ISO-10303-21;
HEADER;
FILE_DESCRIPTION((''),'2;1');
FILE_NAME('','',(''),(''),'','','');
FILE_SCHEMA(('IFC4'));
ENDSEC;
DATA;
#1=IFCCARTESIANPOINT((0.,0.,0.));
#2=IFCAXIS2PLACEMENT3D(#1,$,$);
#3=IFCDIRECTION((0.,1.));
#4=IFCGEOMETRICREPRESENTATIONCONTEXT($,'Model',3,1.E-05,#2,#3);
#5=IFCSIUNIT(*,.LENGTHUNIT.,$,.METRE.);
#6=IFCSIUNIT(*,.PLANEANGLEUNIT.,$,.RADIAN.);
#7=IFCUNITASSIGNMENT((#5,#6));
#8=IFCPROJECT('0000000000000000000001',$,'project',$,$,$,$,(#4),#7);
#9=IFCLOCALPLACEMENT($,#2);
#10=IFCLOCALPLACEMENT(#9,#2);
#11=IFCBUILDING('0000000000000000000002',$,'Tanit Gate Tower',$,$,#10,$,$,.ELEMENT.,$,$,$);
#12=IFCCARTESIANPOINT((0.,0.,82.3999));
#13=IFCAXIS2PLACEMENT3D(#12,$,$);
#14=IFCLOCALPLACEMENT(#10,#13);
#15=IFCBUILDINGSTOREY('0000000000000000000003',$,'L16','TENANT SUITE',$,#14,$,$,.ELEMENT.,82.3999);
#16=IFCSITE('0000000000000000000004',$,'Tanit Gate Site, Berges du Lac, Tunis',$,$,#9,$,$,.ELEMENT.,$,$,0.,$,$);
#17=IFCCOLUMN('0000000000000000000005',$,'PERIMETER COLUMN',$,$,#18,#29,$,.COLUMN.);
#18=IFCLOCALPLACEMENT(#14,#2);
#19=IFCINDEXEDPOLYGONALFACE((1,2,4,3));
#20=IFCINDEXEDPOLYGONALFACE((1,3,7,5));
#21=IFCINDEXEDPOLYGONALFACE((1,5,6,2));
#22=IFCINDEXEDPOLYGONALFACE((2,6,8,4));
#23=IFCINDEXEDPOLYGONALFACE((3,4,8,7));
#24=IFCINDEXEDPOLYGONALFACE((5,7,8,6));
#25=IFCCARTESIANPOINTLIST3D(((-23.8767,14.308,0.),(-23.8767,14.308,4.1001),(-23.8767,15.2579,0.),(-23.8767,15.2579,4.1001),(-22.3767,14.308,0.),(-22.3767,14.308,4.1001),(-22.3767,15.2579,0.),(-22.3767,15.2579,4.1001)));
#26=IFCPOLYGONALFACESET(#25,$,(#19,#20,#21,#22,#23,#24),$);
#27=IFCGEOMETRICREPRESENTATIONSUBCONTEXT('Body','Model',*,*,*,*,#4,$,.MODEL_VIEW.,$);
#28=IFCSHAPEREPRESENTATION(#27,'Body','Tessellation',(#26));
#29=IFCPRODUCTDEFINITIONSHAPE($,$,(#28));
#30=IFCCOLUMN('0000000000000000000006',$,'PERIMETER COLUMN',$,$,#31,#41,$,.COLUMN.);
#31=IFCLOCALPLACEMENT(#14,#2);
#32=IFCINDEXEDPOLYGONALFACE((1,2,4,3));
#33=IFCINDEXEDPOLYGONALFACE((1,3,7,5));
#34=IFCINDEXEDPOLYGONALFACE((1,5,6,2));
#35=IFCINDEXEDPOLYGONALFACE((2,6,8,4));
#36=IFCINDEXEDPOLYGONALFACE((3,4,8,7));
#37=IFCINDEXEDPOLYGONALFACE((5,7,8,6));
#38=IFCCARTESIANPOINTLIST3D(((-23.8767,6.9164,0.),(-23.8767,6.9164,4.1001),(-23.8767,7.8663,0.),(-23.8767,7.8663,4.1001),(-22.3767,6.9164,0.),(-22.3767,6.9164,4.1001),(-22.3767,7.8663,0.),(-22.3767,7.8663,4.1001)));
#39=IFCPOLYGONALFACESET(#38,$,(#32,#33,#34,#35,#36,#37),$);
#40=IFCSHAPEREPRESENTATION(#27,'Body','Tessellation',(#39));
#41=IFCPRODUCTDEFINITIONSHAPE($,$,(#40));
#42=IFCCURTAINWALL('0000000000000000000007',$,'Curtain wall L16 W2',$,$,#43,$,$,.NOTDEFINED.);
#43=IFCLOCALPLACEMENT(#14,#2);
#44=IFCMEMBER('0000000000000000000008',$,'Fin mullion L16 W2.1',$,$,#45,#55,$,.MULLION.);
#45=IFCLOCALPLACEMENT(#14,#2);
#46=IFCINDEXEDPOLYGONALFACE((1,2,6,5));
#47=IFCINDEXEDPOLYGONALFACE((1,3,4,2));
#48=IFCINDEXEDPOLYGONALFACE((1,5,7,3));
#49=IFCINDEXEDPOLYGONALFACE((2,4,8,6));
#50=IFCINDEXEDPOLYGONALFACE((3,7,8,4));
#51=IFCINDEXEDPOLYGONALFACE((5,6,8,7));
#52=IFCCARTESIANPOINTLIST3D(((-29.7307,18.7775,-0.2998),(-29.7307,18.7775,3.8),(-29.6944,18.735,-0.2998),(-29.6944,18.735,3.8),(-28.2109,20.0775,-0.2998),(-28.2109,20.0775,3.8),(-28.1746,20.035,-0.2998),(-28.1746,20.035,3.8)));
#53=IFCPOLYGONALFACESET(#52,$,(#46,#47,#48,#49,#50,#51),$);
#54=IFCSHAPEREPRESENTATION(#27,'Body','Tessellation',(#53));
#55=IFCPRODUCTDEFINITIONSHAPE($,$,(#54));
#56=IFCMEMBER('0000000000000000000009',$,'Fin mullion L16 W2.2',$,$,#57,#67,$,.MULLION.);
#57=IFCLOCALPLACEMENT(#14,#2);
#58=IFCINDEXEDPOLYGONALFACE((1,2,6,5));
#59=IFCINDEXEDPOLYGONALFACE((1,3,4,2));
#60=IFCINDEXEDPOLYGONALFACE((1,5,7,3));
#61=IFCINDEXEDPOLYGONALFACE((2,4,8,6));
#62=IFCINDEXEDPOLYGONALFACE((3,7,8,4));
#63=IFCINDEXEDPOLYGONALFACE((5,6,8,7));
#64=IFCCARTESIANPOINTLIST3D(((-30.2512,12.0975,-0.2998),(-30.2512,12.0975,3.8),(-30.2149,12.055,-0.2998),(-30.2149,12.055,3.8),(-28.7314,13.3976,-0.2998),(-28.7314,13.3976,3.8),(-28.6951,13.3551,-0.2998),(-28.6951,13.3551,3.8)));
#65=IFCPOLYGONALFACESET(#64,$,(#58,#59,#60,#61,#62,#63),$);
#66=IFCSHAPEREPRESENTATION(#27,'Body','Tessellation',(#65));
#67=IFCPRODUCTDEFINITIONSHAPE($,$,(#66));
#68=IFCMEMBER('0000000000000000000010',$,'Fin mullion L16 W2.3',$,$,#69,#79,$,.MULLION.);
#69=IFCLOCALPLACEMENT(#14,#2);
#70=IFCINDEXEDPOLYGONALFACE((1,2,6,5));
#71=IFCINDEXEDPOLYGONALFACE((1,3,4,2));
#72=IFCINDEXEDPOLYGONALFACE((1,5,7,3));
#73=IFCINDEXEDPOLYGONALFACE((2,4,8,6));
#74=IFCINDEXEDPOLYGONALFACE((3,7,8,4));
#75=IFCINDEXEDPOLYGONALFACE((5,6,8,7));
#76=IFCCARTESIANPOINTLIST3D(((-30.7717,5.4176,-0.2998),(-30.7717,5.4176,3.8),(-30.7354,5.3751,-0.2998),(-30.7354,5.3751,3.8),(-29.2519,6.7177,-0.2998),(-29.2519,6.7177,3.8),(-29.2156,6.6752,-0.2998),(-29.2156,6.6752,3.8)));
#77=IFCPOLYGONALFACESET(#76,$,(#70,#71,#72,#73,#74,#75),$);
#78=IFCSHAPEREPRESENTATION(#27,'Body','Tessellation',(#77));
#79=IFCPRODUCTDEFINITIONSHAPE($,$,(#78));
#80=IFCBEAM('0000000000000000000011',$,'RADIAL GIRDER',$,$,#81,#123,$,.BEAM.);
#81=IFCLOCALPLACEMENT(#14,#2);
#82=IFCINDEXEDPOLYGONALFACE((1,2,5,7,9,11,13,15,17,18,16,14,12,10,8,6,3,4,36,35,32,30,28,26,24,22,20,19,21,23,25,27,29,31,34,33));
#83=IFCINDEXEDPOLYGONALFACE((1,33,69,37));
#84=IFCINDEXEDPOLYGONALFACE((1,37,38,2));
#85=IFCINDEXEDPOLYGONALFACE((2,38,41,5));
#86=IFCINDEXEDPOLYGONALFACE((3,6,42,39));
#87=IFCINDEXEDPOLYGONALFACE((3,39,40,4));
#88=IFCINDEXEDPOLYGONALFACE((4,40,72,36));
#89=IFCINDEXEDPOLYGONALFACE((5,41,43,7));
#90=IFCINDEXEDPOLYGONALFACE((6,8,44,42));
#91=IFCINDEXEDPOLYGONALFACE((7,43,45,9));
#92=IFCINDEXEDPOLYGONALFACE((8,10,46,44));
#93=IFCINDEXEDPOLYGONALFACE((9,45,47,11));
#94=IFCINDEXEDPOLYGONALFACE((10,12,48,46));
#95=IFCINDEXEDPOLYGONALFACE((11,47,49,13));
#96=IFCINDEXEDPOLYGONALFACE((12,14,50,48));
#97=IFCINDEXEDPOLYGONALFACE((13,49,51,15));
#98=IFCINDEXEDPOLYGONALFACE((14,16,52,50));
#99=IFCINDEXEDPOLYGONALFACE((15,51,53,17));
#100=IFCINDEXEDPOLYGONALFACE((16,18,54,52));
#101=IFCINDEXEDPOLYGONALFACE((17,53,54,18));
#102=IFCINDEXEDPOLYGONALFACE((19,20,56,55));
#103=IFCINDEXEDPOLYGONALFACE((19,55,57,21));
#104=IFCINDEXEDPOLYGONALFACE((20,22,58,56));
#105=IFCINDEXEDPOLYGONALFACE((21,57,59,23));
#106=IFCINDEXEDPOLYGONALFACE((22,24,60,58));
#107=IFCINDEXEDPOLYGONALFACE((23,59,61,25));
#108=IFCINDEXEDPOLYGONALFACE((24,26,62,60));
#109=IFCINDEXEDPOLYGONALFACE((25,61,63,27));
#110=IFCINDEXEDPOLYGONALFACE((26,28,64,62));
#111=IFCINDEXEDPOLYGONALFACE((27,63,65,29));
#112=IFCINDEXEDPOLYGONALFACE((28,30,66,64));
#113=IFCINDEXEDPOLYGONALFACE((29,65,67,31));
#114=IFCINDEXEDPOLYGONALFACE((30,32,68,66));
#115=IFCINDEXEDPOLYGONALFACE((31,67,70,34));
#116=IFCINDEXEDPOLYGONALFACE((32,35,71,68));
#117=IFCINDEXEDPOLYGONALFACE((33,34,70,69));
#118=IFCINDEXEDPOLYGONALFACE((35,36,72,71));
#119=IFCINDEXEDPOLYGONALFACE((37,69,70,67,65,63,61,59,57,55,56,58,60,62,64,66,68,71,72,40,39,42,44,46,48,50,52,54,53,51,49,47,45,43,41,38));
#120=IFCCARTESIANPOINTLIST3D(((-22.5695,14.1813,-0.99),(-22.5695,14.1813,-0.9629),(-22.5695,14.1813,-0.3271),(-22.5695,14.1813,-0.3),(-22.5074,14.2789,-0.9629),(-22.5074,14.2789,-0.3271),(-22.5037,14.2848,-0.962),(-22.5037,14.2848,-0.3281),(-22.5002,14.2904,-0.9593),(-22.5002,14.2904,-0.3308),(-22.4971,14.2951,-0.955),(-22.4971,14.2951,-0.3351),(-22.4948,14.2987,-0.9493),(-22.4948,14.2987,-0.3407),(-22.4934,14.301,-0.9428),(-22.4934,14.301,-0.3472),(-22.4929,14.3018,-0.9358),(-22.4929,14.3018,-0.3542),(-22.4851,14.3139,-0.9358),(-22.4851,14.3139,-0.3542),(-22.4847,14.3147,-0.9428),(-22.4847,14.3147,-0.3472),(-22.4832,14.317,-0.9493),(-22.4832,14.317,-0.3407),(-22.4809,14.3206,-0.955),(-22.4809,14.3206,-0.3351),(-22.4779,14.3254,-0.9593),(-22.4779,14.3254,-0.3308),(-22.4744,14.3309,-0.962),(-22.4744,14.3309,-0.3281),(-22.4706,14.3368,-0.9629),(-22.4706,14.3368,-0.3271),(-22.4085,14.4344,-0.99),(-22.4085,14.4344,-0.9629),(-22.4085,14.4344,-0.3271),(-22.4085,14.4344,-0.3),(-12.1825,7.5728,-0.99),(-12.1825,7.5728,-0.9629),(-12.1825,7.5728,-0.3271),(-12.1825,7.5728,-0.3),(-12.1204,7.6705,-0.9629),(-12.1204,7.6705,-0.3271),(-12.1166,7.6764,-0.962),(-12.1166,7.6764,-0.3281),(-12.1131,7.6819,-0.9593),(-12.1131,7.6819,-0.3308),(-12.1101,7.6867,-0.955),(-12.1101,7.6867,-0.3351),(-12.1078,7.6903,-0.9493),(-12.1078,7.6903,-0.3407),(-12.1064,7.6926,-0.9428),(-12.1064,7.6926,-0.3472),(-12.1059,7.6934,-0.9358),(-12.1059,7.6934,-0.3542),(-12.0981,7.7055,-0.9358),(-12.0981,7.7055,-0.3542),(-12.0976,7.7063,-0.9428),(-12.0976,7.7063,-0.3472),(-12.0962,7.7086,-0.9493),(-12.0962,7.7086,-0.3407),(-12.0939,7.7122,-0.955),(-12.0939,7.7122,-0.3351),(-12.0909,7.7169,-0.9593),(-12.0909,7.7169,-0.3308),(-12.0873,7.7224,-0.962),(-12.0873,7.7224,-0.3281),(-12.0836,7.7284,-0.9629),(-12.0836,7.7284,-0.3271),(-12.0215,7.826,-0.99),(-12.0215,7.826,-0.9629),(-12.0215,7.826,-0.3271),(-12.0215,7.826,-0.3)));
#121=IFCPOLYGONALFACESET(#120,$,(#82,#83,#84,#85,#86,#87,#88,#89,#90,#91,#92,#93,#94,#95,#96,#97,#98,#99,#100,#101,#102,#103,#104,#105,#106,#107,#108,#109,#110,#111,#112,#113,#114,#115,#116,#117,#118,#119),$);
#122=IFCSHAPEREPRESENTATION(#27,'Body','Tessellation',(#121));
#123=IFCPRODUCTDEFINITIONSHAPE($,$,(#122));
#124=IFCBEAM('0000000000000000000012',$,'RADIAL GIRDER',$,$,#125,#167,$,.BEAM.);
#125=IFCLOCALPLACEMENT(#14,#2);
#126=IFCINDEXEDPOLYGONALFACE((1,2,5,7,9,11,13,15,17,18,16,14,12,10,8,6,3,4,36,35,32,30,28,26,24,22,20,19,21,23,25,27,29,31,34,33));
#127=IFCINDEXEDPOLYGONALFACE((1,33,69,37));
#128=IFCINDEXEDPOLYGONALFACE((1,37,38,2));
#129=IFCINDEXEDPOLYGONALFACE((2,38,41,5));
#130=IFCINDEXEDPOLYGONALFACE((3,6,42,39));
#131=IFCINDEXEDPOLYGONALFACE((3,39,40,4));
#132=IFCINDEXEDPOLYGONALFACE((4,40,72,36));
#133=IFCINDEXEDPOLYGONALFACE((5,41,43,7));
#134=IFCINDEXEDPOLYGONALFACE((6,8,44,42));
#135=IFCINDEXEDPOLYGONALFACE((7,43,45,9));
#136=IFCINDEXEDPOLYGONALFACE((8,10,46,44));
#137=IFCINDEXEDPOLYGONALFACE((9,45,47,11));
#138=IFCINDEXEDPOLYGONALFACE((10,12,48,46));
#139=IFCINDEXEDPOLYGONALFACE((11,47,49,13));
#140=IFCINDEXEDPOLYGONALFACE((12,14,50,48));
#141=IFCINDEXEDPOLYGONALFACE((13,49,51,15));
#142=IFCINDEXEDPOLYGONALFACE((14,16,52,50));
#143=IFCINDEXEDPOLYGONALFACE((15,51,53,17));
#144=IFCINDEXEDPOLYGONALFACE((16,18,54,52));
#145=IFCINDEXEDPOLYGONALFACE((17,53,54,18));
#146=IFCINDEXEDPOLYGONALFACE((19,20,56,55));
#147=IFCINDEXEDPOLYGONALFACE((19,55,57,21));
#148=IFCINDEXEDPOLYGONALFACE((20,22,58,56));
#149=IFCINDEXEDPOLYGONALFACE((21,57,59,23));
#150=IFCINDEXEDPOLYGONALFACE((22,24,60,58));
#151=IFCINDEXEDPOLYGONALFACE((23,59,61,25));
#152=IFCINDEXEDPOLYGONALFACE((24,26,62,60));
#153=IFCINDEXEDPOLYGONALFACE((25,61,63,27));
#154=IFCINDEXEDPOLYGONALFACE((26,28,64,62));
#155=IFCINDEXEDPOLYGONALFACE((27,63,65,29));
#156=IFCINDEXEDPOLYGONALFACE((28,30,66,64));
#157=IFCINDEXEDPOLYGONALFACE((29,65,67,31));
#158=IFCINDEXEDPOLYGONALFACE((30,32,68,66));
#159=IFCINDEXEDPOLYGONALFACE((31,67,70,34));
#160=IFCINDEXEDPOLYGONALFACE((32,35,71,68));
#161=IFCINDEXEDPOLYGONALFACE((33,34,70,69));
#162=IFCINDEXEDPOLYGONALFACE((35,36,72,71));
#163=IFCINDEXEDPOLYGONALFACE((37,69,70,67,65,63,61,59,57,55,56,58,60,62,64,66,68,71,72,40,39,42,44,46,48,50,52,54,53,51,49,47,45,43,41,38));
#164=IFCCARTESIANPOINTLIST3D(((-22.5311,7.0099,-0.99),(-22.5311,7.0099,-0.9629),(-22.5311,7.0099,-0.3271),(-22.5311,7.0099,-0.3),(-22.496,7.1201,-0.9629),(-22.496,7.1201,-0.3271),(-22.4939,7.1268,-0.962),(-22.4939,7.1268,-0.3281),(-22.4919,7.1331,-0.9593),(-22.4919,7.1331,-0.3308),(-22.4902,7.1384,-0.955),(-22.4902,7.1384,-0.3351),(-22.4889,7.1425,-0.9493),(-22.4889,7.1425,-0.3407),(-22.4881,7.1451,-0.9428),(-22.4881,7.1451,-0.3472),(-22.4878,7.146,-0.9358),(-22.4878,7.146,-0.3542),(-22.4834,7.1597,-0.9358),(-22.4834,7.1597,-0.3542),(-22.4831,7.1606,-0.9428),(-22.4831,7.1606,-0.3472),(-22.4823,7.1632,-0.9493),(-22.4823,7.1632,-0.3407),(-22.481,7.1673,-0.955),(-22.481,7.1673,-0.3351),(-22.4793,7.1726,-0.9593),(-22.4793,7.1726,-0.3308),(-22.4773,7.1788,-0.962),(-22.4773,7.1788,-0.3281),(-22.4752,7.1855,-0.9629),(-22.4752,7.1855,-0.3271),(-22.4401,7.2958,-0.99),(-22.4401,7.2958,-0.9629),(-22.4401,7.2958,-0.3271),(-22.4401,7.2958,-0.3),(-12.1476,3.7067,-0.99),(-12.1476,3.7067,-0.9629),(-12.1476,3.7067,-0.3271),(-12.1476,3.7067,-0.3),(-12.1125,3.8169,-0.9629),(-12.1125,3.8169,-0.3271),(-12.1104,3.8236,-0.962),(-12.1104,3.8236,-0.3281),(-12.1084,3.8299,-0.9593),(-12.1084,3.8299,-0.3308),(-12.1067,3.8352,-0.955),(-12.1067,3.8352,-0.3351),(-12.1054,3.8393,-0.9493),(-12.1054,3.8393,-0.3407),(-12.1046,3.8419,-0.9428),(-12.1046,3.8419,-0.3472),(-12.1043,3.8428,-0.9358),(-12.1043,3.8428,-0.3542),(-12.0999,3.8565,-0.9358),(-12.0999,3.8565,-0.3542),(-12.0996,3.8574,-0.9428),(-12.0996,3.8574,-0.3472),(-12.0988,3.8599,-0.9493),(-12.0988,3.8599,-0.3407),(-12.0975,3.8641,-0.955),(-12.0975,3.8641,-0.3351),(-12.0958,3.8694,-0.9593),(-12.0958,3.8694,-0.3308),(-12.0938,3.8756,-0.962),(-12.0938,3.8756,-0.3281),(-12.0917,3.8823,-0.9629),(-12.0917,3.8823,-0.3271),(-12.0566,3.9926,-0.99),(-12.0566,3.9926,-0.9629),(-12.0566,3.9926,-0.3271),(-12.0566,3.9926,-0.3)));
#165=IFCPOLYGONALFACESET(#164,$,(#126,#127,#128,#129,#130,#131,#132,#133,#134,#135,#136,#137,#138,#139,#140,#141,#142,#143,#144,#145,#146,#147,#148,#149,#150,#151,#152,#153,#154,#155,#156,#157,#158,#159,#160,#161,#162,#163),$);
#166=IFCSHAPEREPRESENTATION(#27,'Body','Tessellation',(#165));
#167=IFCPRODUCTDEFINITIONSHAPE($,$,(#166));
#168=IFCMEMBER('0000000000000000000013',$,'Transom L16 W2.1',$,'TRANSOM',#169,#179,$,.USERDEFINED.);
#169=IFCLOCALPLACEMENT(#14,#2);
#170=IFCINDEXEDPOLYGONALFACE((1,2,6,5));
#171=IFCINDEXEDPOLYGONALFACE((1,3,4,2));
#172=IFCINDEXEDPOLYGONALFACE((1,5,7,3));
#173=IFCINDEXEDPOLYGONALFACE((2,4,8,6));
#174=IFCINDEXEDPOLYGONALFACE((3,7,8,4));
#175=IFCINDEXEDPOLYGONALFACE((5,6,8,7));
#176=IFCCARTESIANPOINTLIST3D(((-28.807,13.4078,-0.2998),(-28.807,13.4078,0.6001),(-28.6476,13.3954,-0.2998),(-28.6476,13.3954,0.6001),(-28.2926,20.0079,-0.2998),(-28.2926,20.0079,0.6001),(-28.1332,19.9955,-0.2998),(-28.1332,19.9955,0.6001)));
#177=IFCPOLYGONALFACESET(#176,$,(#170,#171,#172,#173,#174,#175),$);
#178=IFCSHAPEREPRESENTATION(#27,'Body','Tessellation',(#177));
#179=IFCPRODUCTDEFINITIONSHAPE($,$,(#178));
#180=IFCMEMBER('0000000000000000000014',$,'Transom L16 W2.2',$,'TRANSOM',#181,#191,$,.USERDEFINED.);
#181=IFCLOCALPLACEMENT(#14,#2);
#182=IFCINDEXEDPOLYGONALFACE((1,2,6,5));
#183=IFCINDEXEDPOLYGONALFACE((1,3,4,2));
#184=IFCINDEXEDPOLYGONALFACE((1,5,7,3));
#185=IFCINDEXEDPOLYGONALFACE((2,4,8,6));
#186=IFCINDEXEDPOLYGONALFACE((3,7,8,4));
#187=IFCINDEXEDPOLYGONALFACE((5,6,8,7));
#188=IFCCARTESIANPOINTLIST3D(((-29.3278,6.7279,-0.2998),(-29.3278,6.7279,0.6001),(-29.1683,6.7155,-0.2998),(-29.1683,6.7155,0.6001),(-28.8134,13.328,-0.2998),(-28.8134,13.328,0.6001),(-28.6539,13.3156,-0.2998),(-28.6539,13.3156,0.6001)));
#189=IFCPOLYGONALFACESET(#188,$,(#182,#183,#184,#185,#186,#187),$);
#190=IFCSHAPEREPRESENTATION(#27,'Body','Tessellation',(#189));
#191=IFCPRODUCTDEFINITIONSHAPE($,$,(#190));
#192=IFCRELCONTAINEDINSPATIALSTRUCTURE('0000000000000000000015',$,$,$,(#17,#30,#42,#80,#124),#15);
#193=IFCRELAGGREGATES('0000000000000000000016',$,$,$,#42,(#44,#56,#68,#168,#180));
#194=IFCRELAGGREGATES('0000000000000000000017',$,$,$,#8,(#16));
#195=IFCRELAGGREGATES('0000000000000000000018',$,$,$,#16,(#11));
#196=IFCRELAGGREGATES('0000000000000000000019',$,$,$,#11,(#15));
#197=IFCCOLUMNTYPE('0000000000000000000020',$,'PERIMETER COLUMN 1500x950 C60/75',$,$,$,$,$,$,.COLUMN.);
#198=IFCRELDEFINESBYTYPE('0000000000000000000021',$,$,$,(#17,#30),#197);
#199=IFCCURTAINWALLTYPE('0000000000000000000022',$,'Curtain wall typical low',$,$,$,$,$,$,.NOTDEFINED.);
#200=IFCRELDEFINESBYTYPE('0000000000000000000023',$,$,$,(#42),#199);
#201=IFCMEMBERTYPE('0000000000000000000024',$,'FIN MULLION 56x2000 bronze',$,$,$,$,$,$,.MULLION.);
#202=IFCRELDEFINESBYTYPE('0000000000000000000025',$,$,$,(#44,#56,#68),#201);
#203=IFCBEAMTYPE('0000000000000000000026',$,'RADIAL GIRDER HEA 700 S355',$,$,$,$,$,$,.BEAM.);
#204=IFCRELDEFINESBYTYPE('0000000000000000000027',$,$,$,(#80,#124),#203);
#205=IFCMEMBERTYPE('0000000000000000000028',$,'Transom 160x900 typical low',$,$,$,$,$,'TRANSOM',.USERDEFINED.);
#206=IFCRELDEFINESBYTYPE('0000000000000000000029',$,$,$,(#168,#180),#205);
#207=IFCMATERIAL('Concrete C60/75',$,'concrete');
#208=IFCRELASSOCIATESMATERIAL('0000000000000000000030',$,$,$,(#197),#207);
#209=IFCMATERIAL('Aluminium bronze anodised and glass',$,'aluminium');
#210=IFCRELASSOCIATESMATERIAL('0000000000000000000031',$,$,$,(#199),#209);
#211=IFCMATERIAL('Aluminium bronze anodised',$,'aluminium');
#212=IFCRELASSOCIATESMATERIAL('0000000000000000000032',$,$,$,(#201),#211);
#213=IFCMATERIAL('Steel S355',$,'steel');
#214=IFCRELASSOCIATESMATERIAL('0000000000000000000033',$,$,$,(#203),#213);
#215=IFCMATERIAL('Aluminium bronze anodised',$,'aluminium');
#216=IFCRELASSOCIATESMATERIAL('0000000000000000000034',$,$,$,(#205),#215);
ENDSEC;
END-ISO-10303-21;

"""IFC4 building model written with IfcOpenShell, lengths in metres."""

from ifc_helpers import new_model, si_unit, direction, frame, origin, origin_2d, place, context, subcontext, project, spatial, rectangle, i_section, extrude, material, material_profile, profile_set, type_object, element, aggregate, save


model = new_model("IFC4")

# Units and contexts
model_context = context("Model", 3, precision=1e-05, world=origin(), true_north=direction((0.0, 1.0)))
body_context = subcontext(model_context, "Body", "Model", "MODEL_VIEW")
ifc_project = project(units=[si_unit("LENGTHUNIT", "METRE"), si_unit("PLANEANGLEUNIT", "RADIAN")], contexts=[model_context])

# Site, building, storey
site_placement = place(None, origin())
site = spatial("IfcSite", under=ifc_project, at=site_placement, Name="Tanit Gate Site, Berges du Lac, Tunis", CompositionType="ELEMENT", RefElevation=0.0)
building_placement = place(site_placement, origin())
building = spatial("IfcBuilding", under=site, at=building_placement, Name="Tanit Gate Tower", CompositionType="ELEMENT")
storey_placement = place(building_placement, frame((0.0, 0.0, 82.3999)))
storey = spatial("IfcBuildingStorey", under=building, at=storey_placement, Name="L16", Description="TENANT SUITE", CompositionType="ELEMENT", Elevation=82.3999)

# Columns
ifc_material_1 = material(Name="Concrete C60/75", Category="concrete")
ifc_material_profile_1 = material_profile(ifc_material_1, rectangle(XDim=1.5, YDim=0.95, at=origin_2d()), Name="RC 1500x950")
ifc_profile_set_1 = profile_set([ifc_material_profile_1], Name="Concrete C60/75")
column_type = type_object("IfcColumnType", Name="PERIMETER COLUMN 1500x950 C60/75", PredefinedType="COLUMN", material=ifc_profile_set_1)
for number, where, z_axis, x_axis, name in (
    (1, (-23.1267, 14.783, 0.0), (0.0, 0.0, 1.0), (-1.0, 0.0, 0.0), "PERIMETER COLUMN"),
    (2, (-23.1267, 7.3914, 0.0), (0.0, 0.0, 1.0), (-1.0, 0.0, 0.0), "PERIMETER COLUMN"),
):
    element("IfcColumn", number, at=place(storey_placement, frame(where, z_axis=z_axis, x_axis=x_axis)), inside=storey, type_object=column_type, Name=name, PredefinedType="COLUMN", context=body_context, shape_type="SweptSolid", body=[
        extrude(rectangle(XDim=1.5, YDim=0.95, at=origin_2d()), origin(), (0.0, 0.0, 1.0), 4.1001),
    ])

# Curtain wall, members
ifc_material_2 = material(Name="Aluminium bronze anodised and glass", Category="aluminium")
curtain_wall_type = type_object("IfcCurtainWallType", Name="Curtain wall typical low", PredefinedType="NOTDEFINED", material=ifc_material_2)
curtain_wall_placement = place(storey_placement, origin())
curtain_wall = element("IfcCurtainWall", 3, at=curtain_wall_placement, inside=storey, type_object=curtain_wall_type, Name="Curtain wall L16 W2", PredefinedType="NOTDEFINED")
ifc_material_3 = material(Name="Aluminium bronze anodised", Category="aluminium")
ifc_material_profile_2 = material_profile(ifc_material_3, rectangle(XDim=2.0, YDim=0.0559, at=origin_2d()), Name="56x2000 bronze fin mullion")
ifc_profile_set_2 = profile_set([ifc_material_profile_2], Name="Aluminium bronze anodised")
member_type_1 = type_object("IfcMemberType", Name="FIN MULLION 56x2000 bronze", PredefinedType="MULLION", material=ifc_profile_set_2)
member_1_placement = place(storey_placement, frame((-28.9526, 19.4062, -0.2998), z_axis=(0.0, 0.0, 1.0), x_axis=(0.759912, 0.650026, 0.0)))
member_1 = element("IfcMember", 4, at=member_1_placement, type_object=member_type_1, Name="Fin mullion L16 W2.1", PredefinedType="MULLION", context=body_context, shape_type="SweptSolid", body=[
    extrude(rectangle(XDim=2.0, YDim=0.0559, at=origin_2d()), origin(), (0.0, 0.0, 1.0), 4.0999),
])
member_2_placement = place(storey_placement, frame((-29.4731, 12.7263, -0.2998), z_axis=(0.0, 0.0, 1.0), x_axis=(0.759912, 0.650026, 0.0)))
member_2 = element("IfcMember", 5, at=member_2_placement, type_object=member_type_1, Name="Fin mullion L16 W2.2", PredefinedType="MULLION", context=body_context, shape_type="SweptSolid", body=[
    extrude(rectangle(XDim=2.0, YDim=0.0559, at=origin_2d()), origin(), (0.0, 0.0, 1.0), 4.0999),
])
member_3_placement = place(storey_placement, frame((-29.9937, 6.0464, -0.2998), z_axis=(0.0, 0.0, 1.0), x_axis=(0.759912, 0.650026, 0.0)))
member_3 = element("IfcMember", 6, at=member_3_placement, type_object=member_type_1, Name="Fin mullion L16 W2.3", PredefinedType="MULLION", context=body_context, shape_type="SweptSolid", body=[
    extrude(rectangle(XDim=2.0, YDim=0.0559, at=origin_2d()), origin(), (0.0, 0.0, 1.0), 4.0999),
])

# Beams
ifc_material_4 = material(Name="Steel S355", Category="steel")
ifc_material_profile_3 = material_profile(ifc_material_4, i_section(OverallWidth=0.3, OverallDepth=0.6899, WebThickness=0.0144, FlangeThickness=0.0271, FilletRadius=0.0271, at=origin_2d()), Name="HEA 700")
ifc_profile_set_3 = profile_set([ifc_material_profile_3], Name="Steel S355")
beam_type = type_object("IfcBeamType", Name="RADIAL GIRDER HEA 700 S355", PredefinedType="BEAM", material=ifc_profile_set_3)
beam_1_placement = place(storey_placement, frame((-22.489, 14.3079, -0.645), z_axis=(0.843716, -0.53679, 0.0), x_axis=(0.53679, 0.843716, 0.0)))
element("IfcBeam", 7, at=beam_1_placement, inside=storey, type_object=beam_type, Name="RADIAL GIRDER", PredefinedType="BEAM", context=body_context, shape_type="SweptSolid", body=[
    extrude(i_section(OverallWidth=0.3, OverallDepth=0.6899, WebThickness=0.0144, FlangeThickness=0.0271, FilletRadius=0.0271, at=origin_2d()), origin(), (0.0, 0.0, 1.0), 12.311),
])
beam_2_placement = place(storey_placement, frame((-22.4856, 7.1528, -0.645), z_axis=(0.952943, -0.303151, 0.0), x_axis=(0.303151, 0.952943, 0.0)))
element("IfcBeam", 8, at=beam_2_placement, inside=storey, type_object=beam_type, Name="RADIAL GIRDER", PredefinedType="BEAM", context=body_context, shape_type="SweptSolid", body=[
    extrude(i_section(OverallWidth=0.3, OverallDepth=0.6899, WebThickness=0.0144, FlangeThickness=0.0271, FilletRadius=0.0271, at=origin_2d()), origin(), (0.0, 0.0, 1.0), 10.8962),
])

# Members
ifc_material_5 = material(Name="Aluminium bronze anodised", Category="aluminium")
ifc_material_profile_4 = material_profile(ifc_material_5, rectangle(XDim=0.1599, YDim=0.8999, at=origin_2d()), Name="160x900 bronze transom")
ifc_profile_set_4 = profile_set([ifc_material_profile_4], Name="Aluminium bronze anodised")
member_type_2 = type_object("IfcMemberType", Name="Transom 160x900 typical low", ElementType="TRANSOM", PredefinedType="USERDEFINED", material=ifc_profile_set_4)
member_4_placement = place(storey_placement, frame((-28.2129, 20.0017, 0.1501), z_axis=(-0.077703, -0.996977, 0.0), x_axis=(0.996977, -0.077703, 0.0)))
member_4 = element("IfcMember", 9, at=member_4_placement, type_object=member_type_2, Name="Transom L16 W2.1", ObjectType="TRANSOM", PredefinedType="USERDEFINED", context=body_context, shape_type="SweptSolid", body=[
    extrude(rectangle(XDim=0.1599, YDim=0.8999, at=origin_2d()), origin(), (0.0, 0.0, 1.0), 6.6201),
])
member_5_placement = place(storey_placement, frame((-28.7336, 13.3218, 0.1501), z_axis=(-0.077703, -0.996977, 0.0), x_axis=(0.996977, -0.077703, 0.0)))
member_5 = element("IfcMember", 10, at=member_5_placement, type_object=member_type_2, Name="Transom L16 W2.2", ObjectType="TRANSOM", PredefinedType="USERDEFINED", context=body_context, shape_type="SweptSolid", body=[
    extrude(rectangle(XDim=0.1599, YDim=0.8999, at=origin_2d()), origin(), (0.0, 0.0, 1.0), 6.6201),
])

aggregate(curtain_wall, [member_1, member_2, member_3, member_4, member_5])

save(model, "model.ifc")
